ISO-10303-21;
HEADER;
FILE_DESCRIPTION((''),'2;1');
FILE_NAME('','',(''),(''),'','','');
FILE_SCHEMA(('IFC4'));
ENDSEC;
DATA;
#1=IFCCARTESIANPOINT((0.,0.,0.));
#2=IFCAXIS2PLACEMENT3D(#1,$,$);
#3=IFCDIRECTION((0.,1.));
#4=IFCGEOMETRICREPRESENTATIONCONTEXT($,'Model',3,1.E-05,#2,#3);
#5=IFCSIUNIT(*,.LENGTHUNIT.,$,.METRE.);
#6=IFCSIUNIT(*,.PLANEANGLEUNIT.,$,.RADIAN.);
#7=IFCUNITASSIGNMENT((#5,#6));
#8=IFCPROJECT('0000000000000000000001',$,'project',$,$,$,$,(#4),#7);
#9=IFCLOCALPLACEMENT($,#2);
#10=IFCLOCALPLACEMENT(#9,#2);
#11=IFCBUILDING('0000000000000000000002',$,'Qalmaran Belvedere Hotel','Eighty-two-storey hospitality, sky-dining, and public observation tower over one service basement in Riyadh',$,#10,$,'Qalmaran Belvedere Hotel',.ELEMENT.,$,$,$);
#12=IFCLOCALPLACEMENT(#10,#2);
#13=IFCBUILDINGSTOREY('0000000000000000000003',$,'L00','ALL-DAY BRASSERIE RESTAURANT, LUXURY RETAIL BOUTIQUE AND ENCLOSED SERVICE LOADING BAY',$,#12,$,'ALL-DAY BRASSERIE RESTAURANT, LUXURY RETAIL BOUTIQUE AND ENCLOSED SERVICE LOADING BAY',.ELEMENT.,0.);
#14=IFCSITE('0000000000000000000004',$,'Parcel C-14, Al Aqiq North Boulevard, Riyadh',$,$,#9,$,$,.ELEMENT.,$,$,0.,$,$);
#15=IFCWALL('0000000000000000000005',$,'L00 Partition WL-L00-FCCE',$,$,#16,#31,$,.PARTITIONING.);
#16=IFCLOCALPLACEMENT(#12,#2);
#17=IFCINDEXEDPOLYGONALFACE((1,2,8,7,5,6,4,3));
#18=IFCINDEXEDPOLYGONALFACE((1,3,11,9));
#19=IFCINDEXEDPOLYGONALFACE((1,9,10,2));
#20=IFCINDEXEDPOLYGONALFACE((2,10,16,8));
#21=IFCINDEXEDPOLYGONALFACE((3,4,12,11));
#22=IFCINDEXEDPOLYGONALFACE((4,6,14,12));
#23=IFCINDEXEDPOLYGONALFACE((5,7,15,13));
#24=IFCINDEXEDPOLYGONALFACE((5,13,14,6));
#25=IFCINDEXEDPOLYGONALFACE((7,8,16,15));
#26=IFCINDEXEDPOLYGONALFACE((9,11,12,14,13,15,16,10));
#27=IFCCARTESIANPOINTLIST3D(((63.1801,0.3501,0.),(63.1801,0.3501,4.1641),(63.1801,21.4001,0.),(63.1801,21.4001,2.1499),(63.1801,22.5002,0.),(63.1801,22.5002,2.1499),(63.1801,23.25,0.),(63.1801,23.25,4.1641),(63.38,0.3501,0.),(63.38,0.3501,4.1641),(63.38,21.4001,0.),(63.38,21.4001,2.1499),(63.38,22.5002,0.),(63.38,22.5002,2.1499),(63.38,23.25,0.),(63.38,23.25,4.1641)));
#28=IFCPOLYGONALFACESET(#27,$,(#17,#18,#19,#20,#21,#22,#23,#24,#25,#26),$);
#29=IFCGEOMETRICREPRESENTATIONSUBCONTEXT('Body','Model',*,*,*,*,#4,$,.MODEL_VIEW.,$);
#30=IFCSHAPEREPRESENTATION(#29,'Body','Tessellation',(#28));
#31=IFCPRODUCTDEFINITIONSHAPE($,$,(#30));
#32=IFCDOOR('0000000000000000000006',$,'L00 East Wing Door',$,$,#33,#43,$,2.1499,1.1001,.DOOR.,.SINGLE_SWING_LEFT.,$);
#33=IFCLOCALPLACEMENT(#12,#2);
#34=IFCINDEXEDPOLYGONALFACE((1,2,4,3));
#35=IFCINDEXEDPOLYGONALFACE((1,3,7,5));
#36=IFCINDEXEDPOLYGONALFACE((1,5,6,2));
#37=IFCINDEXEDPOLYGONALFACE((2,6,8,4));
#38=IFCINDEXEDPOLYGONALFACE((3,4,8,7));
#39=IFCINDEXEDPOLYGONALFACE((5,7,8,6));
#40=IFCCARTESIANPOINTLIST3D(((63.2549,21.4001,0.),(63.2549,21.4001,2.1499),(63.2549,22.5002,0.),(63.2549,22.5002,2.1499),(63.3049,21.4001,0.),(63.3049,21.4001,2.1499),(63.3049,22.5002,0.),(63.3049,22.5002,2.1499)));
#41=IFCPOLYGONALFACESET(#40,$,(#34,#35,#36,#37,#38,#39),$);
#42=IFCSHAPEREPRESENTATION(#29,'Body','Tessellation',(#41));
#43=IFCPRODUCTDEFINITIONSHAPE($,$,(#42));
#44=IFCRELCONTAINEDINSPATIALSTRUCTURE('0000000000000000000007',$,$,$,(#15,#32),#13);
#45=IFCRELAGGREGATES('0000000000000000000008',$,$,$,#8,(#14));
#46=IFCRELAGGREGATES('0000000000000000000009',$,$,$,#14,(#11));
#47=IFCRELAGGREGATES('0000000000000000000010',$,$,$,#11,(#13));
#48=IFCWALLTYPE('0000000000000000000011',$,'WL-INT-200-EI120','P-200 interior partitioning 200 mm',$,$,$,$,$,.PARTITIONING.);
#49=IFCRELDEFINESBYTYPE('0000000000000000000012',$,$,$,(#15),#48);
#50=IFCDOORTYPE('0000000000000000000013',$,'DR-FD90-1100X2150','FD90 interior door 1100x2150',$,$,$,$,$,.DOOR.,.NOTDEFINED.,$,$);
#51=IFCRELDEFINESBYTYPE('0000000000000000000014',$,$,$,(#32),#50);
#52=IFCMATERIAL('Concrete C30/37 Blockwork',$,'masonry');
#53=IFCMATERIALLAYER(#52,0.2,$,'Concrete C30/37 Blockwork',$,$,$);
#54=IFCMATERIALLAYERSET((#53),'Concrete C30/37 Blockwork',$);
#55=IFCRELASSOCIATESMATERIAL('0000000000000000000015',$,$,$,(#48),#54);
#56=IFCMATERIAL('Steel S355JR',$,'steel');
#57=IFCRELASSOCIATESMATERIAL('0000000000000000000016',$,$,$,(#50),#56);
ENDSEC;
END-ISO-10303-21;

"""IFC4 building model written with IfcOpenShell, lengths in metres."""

from ifc_helpers import new_model, si_unit, direction, frame, frame_2d, origin, place, context, subcontext, project, spatial, rectangle, extrude, material, layer, layer_set, type_object, element, fill, save


model = new_model("IFC4")

# Units and contexts
model_context = context("Model", 3, precision=1e-05, world=origin(), true_north=direction((0.0, 1.0)))
body_context = subcontext(model_context, "Body", "Model", "MODEL_VIEW")
ifc_project = project(units=[si_unit("LENGTHUNIT", "METRE"), si_unit("PLANEANGLEUNIT", "RADIAN")], contexts=[model_context])

# Site, building, storey
site_placement = place(None, origin())
site = spatial("IfcSite", under=ifc_project, at=site_placement, Name="Parcel C-14, Al Aqiq North Boulevard, Riyadh", CompositionType="ELEMENT", RefElevation=0.0)
building_placement = place(site_placement, origin())
building = spatial("IfcBuilding", under=site, at=building_placement, Name="Qalmaran Belvedere Hotel", Description="Eighty-two-storey hospitality, sky-dining, and public observation tower over one service basement in Riyadh", LongName="Qalmaran Belvedere Hotel", CompositionType="ELEMENT")
storey_placement = place(building_placement, origin())
storey = spatial("IfcBuildingStorey", under=building, at=storey_placement, Name="L00", Description="ALL-DAY BRASSERIE RESTAURANT, LUXURY RETAIL BOUTIQUE AND ENCLOSED SERVICE LOADING BAY", LongName="ALL-DAY BRASSERIE RESTAURANT, LUXURY RETAIL BOUTIQUE AND ENCLOSED SERVICE LOADING BAY", CompositionType="ELEMENT", Elevation=0.0)

# Shared definitions
ifc_material_1 = material(Name="Steel S355JR", Category="steel")

# Wall, opening, door
ifc_material_2 = material(Name="Concrete C30/37 Blockwork", Category="masonry")
ifc_layer_1 = layer(ifc_material_2, 0.2, Name="Concrete C30/37 Blockwork")
ifc_layer_set_1 = layer_set([ifc_layer_1], Name="Concrete C30/37 Blockwork")
wall_type = type_object("IfcWallType", Name="WL-INT-200-EI120", Description="P-200 interior partitioning 200 mm", PredefinedType="PARTITIONING", material=ifc_layer_set_1)
wall_placement = place(storey_placement, frame((63.28, 0.3501, 0.0), z_axis=(0.0, 0.0, 1.0), x_axis=(0.0, 1.0, 0.0)))
wall = element("IfcWall", 1, at=wall_placement, inside=storey, type_object=wall_type, Name="L00 Partition WL-L00-FCCE", PredefinedType="PARTITIONING", context=body_context, shape_type="SweptSolid", body=[
    extrude(rectangle(XDim=22.8999, YDim=0.2, at=frame_2d((11.45, 0.0))), origin(), (0.0, 0.0, 1.0), 4.1641),
])
opening_placement = place(wall_placement, frame((22.1501, 0.0, 0.0), z_axis=(0.0, 0.0, 1.0), x_axis=(-1.0, 0.0, 0.0)))
opening = element("IfcOpeningElement", 2, at=opening_placement, cuts=wall, PredefinedType="OPENING", context=body_context, shape_type="SweptSolid", body=[
    extrude(rectangle(XDim=1.1001, YDim=2.1499, at=frame_2d((0.55, 1.075))), frame((0.0, 0.1099, 0.0), z_axis=(0.0, -1.0, 0.0), x_axis=(1.0, 0.0, 0.0)), (0.0, 0.0, 1.0), 0.22),
])
door_type = type_object("IfcDoorType", Name="DR-FD90-1100X2150", Description="FD90 interior door 1100x2150", OperationType="NOTDEFINED", PredefinedType="DOOR", material=ifc_material_1)
door_placement = place(opening_placement, origin())
door = element("IfcDoor", 3, at=door_placement, inside=storey, type_object=door_type, Name="L00 East Wing Door", OperationType="SINGLE_SWING_LEFT", OverallHeight=2.1499, OverallWidth=1.1001, PredefinedType="DOOR", context=body_context, shape_type="SweptSolid", body=[
    extrude(rectangle(XDim=1.1001, YDim=2.1499, at=frame_2d((0.55, 1.075))), frame((0.0, 0.0249, 0.0), z_axis=(0.0, -1.0, 0.0), x_axis=(1.0, 0.0, 0.0)), (0.0, 0.0, 1.0), 0.05),
])
fill(opening, door)

save(model, "model.ifc")
